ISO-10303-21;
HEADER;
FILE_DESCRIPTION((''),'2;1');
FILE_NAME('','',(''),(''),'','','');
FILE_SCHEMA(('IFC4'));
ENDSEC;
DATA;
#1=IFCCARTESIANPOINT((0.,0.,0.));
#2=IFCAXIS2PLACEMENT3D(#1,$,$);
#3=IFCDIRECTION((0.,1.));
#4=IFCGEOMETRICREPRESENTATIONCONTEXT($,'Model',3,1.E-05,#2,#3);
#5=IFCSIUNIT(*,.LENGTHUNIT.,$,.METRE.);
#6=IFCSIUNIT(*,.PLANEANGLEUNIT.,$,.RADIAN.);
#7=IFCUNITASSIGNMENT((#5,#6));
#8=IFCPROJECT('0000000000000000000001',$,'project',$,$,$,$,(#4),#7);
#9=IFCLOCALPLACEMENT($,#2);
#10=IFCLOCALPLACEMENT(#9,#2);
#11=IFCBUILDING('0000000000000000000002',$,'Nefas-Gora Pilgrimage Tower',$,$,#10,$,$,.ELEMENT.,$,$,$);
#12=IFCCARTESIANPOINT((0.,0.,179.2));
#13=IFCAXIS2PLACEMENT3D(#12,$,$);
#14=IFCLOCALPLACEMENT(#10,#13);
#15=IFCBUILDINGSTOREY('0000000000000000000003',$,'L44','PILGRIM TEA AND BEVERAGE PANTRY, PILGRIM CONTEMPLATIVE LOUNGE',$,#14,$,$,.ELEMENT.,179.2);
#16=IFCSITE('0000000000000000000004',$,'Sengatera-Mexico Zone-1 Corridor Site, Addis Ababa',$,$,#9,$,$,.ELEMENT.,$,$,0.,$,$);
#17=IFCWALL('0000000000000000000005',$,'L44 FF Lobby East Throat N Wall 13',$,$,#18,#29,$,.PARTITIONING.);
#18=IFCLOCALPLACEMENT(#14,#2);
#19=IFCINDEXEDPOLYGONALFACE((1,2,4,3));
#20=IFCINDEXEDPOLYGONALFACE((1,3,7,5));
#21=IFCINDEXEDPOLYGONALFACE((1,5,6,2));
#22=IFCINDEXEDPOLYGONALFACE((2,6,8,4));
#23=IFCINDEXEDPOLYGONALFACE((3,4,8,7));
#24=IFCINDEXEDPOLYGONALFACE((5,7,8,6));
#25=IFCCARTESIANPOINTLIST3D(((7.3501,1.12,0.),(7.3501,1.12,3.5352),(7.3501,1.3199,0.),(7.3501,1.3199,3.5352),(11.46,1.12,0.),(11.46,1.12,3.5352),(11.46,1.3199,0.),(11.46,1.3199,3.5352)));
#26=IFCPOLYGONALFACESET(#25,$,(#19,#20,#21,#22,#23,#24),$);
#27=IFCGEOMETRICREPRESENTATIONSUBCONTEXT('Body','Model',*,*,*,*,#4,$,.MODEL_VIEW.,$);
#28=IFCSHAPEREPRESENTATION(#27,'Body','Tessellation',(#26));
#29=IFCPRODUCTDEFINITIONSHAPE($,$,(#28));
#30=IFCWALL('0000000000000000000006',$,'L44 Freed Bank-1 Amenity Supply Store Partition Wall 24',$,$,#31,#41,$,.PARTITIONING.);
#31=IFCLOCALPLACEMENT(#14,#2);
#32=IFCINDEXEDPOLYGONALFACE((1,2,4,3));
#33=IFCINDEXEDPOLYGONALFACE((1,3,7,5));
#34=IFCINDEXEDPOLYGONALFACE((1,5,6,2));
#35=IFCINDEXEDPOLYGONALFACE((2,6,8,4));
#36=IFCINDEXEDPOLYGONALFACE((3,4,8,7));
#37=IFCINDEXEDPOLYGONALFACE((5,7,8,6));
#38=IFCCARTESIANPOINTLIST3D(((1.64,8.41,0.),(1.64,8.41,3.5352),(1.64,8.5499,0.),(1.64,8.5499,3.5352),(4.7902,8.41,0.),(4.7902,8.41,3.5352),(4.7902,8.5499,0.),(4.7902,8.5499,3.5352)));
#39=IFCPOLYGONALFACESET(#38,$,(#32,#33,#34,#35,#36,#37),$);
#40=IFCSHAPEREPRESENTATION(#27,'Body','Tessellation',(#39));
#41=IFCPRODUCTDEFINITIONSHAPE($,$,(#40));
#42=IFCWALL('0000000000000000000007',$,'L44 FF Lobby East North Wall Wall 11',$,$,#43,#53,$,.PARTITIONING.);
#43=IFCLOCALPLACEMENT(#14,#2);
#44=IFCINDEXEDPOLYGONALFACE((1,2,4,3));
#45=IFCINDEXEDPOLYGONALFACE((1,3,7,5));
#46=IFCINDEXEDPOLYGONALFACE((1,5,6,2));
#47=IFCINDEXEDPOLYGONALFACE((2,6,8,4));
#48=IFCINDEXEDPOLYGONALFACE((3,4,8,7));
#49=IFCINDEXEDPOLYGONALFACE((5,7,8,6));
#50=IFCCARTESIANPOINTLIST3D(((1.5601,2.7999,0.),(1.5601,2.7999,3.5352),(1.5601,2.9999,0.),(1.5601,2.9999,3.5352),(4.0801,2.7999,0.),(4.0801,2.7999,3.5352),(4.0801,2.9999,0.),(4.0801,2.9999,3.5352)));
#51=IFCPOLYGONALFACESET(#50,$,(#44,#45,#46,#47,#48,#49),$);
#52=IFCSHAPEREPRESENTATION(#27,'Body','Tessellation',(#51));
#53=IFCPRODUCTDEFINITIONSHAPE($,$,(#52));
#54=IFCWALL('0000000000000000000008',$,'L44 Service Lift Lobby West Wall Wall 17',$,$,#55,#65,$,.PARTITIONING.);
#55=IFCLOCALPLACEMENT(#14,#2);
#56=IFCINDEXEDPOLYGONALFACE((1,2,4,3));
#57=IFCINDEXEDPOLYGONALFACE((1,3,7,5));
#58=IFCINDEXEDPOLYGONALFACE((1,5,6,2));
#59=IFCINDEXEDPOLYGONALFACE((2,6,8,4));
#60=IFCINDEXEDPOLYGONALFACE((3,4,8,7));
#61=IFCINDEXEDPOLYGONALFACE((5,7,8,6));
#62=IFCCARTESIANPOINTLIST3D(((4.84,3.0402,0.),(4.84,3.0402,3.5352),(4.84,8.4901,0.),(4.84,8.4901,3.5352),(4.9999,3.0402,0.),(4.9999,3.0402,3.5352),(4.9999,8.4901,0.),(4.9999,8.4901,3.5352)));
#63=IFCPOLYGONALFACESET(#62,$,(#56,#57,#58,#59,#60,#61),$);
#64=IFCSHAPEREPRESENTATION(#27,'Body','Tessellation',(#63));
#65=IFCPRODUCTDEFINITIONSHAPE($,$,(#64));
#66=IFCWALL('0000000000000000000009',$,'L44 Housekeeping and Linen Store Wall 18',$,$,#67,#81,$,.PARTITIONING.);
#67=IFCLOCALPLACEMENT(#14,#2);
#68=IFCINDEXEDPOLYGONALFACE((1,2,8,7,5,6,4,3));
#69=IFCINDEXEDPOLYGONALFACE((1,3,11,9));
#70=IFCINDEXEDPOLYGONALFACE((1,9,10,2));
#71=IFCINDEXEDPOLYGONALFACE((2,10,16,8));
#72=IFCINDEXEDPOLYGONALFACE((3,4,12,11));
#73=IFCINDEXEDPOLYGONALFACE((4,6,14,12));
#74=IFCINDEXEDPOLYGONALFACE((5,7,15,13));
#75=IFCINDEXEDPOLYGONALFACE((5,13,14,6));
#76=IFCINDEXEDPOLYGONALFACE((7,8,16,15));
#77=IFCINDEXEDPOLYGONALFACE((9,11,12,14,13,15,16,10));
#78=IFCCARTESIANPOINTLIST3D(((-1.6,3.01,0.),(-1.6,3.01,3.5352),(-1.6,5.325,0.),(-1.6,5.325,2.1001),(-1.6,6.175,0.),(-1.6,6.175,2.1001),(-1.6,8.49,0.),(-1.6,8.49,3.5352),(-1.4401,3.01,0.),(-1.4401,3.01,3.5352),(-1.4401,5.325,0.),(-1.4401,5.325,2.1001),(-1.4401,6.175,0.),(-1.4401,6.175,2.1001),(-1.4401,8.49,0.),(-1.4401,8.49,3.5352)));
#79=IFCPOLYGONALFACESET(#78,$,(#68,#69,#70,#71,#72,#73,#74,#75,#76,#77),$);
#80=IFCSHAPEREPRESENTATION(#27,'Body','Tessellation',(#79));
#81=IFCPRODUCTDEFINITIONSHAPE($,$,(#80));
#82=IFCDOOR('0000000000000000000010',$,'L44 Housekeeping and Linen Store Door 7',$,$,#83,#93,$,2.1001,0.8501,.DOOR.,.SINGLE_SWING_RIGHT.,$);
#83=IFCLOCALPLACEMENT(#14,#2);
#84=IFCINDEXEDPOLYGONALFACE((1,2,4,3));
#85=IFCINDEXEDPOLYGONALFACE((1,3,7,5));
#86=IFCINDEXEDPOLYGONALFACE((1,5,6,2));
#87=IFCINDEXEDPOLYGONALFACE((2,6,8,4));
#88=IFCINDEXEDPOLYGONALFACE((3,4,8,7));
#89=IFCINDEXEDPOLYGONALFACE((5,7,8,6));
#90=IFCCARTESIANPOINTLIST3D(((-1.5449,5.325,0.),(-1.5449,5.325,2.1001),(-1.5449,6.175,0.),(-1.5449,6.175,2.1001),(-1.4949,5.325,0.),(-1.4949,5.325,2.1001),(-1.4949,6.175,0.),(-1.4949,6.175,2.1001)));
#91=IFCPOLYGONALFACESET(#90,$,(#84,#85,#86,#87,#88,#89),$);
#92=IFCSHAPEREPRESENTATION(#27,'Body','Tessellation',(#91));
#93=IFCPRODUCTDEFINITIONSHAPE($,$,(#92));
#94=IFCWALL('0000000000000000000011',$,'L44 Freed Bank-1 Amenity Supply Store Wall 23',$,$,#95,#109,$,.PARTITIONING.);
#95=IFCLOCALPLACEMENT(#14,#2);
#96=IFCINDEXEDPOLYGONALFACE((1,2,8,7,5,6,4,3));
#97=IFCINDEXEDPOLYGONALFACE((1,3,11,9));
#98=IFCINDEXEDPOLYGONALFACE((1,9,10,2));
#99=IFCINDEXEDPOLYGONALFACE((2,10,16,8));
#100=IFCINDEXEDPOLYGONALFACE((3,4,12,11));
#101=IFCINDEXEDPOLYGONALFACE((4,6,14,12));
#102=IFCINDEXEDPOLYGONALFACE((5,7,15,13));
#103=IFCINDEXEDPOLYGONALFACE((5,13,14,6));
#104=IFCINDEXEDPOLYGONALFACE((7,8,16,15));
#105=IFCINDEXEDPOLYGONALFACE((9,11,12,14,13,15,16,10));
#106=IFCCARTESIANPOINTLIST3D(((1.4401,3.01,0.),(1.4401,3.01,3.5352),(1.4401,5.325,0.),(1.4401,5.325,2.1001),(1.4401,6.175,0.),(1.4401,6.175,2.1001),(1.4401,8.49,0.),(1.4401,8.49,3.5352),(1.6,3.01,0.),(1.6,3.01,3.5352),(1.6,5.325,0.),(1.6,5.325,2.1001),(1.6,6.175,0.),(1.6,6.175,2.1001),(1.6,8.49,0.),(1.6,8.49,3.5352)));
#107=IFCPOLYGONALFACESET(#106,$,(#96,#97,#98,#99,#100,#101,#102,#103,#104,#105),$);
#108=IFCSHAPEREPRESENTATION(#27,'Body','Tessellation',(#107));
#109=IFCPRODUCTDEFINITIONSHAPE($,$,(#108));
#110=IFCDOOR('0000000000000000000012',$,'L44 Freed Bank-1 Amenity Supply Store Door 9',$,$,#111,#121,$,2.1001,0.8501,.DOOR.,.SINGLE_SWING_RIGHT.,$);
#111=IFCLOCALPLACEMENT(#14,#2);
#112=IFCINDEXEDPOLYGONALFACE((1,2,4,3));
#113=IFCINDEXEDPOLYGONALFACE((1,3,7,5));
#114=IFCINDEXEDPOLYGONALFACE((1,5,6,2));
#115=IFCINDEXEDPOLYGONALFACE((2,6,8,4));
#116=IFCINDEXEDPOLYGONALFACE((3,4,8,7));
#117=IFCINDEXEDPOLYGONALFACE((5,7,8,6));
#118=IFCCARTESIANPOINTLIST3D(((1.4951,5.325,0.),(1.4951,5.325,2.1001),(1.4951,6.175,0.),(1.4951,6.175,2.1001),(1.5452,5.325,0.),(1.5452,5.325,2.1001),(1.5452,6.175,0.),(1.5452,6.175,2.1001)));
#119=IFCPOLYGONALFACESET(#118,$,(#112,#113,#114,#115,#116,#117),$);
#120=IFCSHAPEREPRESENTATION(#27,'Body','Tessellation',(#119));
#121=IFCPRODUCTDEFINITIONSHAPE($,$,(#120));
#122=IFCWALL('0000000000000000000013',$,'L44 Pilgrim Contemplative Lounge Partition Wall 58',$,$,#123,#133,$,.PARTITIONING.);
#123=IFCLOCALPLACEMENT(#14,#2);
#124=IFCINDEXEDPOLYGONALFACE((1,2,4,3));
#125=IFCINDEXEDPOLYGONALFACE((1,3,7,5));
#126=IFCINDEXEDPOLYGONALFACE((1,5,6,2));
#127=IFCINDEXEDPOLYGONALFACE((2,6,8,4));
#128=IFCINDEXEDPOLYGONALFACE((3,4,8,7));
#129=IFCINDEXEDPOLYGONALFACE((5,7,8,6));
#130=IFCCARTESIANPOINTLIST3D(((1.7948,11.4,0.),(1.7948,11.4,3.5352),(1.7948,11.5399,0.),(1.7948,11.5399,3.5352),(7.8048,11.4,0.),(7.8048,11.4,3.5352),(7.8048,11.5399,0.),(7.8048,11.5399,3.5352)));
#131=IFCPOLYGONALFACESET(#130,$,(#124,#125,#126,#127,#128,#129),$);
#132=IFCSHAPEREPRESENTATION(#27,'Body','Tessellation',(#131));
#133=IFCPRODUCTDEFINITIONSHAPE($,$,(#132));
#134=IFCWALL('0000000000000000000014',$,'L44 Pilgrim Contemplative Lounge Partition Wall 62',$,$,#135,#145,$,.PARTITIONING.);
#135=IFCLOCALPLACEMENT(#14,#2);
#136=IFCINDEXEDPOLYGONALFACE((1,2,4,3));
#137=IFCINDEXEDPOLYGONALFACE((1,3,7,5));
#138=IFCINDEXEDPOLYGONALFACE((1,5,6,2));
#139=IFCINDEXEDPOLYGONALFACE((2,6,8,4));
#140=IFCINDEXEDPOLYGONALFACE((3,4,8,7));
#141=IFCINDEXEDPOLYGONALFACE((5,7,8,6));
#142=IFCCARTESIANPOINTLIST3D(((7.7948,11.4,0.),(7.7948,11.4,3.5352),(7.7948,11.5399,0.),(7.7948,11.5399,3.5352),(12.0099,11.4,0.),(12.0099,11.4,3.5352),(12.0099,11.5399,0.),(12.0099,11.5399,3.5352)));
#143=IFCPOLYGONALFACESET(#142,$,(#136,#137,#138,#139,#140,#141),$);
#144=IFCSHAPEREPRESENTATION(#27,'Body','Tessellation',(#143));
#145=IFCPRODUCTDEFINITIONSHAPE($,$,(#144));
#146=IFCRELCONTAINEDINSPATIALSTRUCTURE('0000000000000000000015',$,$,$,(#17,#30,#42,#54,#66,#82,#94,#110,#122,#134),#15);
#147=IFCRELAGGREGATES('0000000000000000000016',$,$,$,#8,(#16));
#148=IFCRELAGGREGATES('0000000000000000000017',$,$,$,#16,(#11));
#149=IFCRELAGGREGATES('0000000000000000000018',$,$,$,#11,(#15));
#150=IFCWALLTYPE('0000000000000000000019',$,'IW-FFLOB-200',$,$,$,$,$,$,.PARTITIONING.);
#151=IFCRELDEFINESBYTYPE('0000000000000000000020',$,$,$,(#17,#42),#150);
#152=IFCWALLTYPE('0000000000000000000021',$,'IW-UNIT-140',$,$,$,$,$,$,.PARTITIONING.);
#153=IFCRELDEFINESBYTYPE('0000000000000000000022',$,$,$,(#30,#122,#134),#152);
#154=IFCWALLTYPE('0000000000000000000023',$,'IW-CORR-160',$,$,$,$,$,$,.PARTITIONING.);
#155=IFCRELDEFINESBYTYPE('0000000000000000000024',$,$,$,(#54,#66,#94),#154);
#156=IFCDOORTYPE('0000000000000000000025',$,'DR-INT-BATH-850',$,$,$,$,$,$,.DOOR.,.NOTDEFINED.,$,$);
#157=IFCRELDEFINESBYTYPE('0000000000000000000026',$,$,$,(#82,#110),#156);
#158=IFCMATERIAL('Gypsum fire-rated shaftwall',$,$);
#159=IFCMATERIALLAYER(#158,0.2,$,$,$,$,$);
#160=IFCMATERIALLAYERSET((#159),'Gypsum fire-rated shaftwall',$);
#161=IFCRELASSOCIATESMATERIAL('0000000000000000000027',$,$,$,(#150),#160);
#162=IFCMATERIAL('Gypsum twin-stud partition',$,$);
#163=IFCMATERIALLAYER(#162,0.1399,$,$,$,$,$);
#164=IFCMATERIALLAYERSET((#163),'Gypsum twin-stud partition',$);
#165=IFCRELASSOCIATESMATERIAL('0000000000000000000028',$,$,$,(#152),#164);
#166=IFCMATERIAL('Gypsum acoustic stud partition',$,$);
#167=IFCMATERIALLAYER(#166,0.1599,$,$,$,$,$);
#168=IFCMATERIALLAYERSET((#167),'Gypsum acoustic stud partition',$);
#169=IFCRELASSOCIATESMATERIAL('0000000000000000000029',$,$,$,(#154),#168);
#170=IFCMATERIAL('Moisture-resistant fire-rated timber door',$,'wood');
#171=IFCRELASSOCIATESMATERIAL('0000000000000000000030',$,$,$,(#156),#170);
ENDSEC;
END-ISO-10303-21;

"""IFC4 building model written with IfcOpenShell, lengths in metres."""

from ifc_helpers import new_model, si_unit, direction, frame, frame_2d, origin, place, context, subcontext, project, spatial, rectangle, extrude, source, transform, mapped, material, layer, layer_set, type_object, element, fill, save


model = new_model("IFC4")

# Units and contexts
model_context = context("Model", 3, precision=1e-05, world=origin(), true_north=direction((0.0, 1.0)))
body_context = subcontext(model_context, "Body", "Model", "MODEL_VIEW")
ifc_project = project(units=[si_unit("LENGTHUNIT", "METRE"), si_unit("PLANEANGLEUNIT", "RADIAN")], contexts=[model_context])

# Site, building, storey
site_placement = place(None, origin())
site = spatial("IfcSite", under=ifc_project, at=site_placement, Name="Sengatera-Mexico Zone-1 Corridor Site, Addis Ababa", CompositionType="ELEMENT", RefElevation=0.0)
building_placement = place(site_placement, origin())
building = spatial("IfcBuilding", under=site, at=building_placement, Name="Nefas-Gora Pilgrimage Tower", CompositionType="ELEMENT")
storey_placement = place(building_placement, frame((0.0, 0.0, 179.2)))
storey = spatial("IfcBuildingStorey", under=building, at=storey_placement, Name="L44", Description="PILGRIM TEA AND BEVERAGE PANTRY, PILGRIM CONTEMPLATIVE LOUNGE", CompositionType="ELEMENT", Elevation=179.2)

# Shared definitions
ifc_material_1 = material(Name="Gypsum fire-rated shaftwall")
ifc_layer_1 = layer(ifc_material_1, 0.2)
ifc_layer_set_1 = layer_set([ifc_layer_1], Name="Gypsum fire-rated shaftwall")
wall_type_1 = type_object("IfcWallType", Name="IW-FFLOB-200", PredefinedType="PARTITIONING", material=ifc_layer_set_1)

# Walls
shared_shape_1 = source(origin(), body_context, "Body", "SweptSolid", [
    extrude(rectangle(XDim=4.1099, YDim=0.2, at=frame_2d((2.0549, 0.0))), origin(), (0.0, 0.0, 1.0), 3.5352),
])
wall_1_placement = place(storey_placement, frame((7.3501, 1.22, 0.0), z_axis=(0.0, 0.0, 1.0), x_axis=(1.0, 0.0, 0.0)))
element("IfcWall", 1, at=wall_1_placement, inside=storey, type_object=wall_type_1, Name="L44 FF Lobby East Throat N Wall 13", PredefinedType="PARTITIONING", context=body_context, shape_type="MappedRepresentation", body=[
    mapped(shared_shape_1, transform((0.0, 0.0, 0.0), x_axis=(1.0, 0.0, 0.0), y_axis=(0.0, 1.0, 0.0), z_axis=(0.0, 0.0, 1.0), scale=1.0)),
])
ifc_material_2 = material(Name="Gypsum twin-stud partition")
ifc_layer_2 = layer(ifc_material_2, 0.1399)
ifc_layer_set_2 = layer_set([ifc_layer_2], Name="Gypsum twin-stud partition")
wall_type_2 = type_object("IfcWallType", Name="IW-UNIT-140", PredefinedType="PARTITIONING", material=ifc_layer_set_2)
shared_shape_2 = source(origin(), body_context, "Body", "SweptSolid", [
    extrude(rectangle(XDim=3.1501, YDim=0.1399, at=frame_2d((1.5752, 0.0))), origin(), (0.0, 0.0, 1.0), 3.5352),
])
wall_2_placement = place(storey_placement, frame((1.6399, 8.48, 0.0), z_axis=(0.0, 0.0, 1.0), x_axis=(1.0, 0.0, 0.0)))
element("IfcWall", 2, at=wall_2_placement, inside=storey, type_object=wall_type_2, Name="L44 Freed Bank-1 Amenity Supply Store Partition Wall 24", PredefinedType="PARTITIONING", context=body_context, shape_type="MappedRepresentation", body=[
    mapped(shared_shape_2, transform((0.0, 0.0, 0.0), x_axis=(1.0, 0.0, 0.0), y_axis=(0.0, 1.0, 0.0), z_axis=(0.0, 0.0, 1.0), scale=1.0)),
])
shared_shape_3 = source(origin(), body_context, "Body", "SweptSolid", [
    extrude(rectangle(XDim=2.52, YDim=0.2, at=frame_2d((1.26, 0.0))), origin(), (0.0, 0.0, 1.0), 3.5352),
])
wall_3_placement = place(storey_placement, frame((1.5601, 2.8999, 0.0), z_axis=(0.0, 0.0, 1.0), x_axis=(1.0, 0.0, 0.0)))
element("IfcWall", 3, at=wall_3_placement, inside=storey, type_object=wall_type_1, Name="L44 FF Lobby East North Wall Wall 11", PredefinedType="PARTITIONING", context=body_context, shape_type="MappedRepresentation", body=[
    mapped(shared_shape_3, transform((0.0, 0.0, 0.0), x_axis=(1.0, 0.0, 0.0), y_axis=(0.0, 1.0, 0.0), z_axis=(0.0, 0.0, 1.0), scale=1.0)),
])
ifc_material_3 = material(Name="Gypsum acoustic stud partition")
ifc_layer_3 = layer(ifc_material_3, 0.1599)
ifc_layer_set_3 = layer_set([ifc_layer_3], Name="Gypsum acoustic stud partition")
wall_type_3 = type_object("IfcWallType", Name="IW-CORR-160", PredefinedType="PARTITIONING", material=ifc_layer_set_3)
shared_shape_4 = source(origin(), body_context, "Body", "SweptSolid", [
    extrude(rectangle(XDim=5.45, YDim=0.1599, at=frame_2d((2.7251, 0.0))), origin(), (0.0, 0.0, 1.0), 3.5352),
])
wall_4_placement = place(storey_placement, frame((4.9199, 3.04, 0.0), z_axis=(0.0, 0.0, 1.0), x_axis=(0.0, 1.0, 0.0)))
element("IfcWall", 4, at=wall_4_placement, inside=storey, type_object=wall_type_3, Name="L44 Service Lift Lobby West Wall Wall 17", PredefinedType="PARTITIONING", context=body_context, shape_type="MappedRepresentation", body=[
    mapped(shared_shape_4, transform((0.0, 0.0, 0.0), x_axis=(1.0, 0.0, 0.0), y_axis=(0.0, 1.0, 0.0), z_axis=(0.0, 0.0, 1.0), scale=1.0)),
])

# Walls, openings, doors
shared_shape_5 = source(origin(), body_context, "Body", "SweptSolid", [
    extrude(rectangle(XDim=5.48, YDim=0.1599, at=frame_2d((2.74, 0.0))), origin(), (0.0, 0.0, 1.0), 3.5352),
])
wall_5_placement = place(storey_placement, frame((-1.52, 3.01, 0.0), z_axis=(0.0, 0.0, 1.0), x_axis=(0.0, 1.0, 0.0)))
wall_5 = element("IfcWall", 5, at=wall_5_placement, inside=storey, type_object=wall_type_3, Name="L44 Housekeeping and Linen Store Wall 18", PredefinedType="PARTITIONING", context=body_context, shape_type="MappedRepresentation", body=[
    mapped(shared_shape_5, transform((0.0, 0.0, 0.0), x_axis=(1.0, 0.0, 0.0), y_axis=(0.0, 1.0, 0.0), z_axis=(0.0, 0.0, 1.0), scale=1.0)),
])
opening_1_placement = place(wall_5_placement, frame((2.3149, 0.0, 0.0)))
opening_1 = element("IfcOpeningElement", 6, at=opening_1_placement, cuts=wall_5, PredefinedType="OPENING", context=body_context, shape_type="SweptSolid", body=[
    extrude(rectangle(XDim=0.8501, YDim=2.1001, at=frame_2d((0.425, 1.05))), frame((0.0, 0.0898, 0.0), z_axis=(0.0, -1.0, 0.0), x_axis=(1.0, 0.0, 0.0)), (0.0, 0.0, 1.0), 0.1799),
])
ifc_material_4 = material(Name="Moisture-resistant fire-rated timber door", Category="wood")
door_type_1 = type_object("IfcDoorType", Name="DR-INT-BATH-850", OperationType="NOTDEFINED", PredefinedType="DOOR", material=ifc_material_4)
shared_shape_6 = source(origin(), body_context, "Body", "SweptSolid", [
    extrude(rectangle(XDim=0.8501, YDim=2.1001, at=frame_2d((0.425, 1.05))), frame((0.0, 0.0249, 0.0), z_axis=(0.0, -1.0, 0.0), x_axis=(1.0, 0.0, 0.0)), (0.0, 0.0, 1.0), 0.05),
])
door_1_placement = place(opening_1_placement, origin())
door_1 = element("IfcDoor", 7, at=door_1_placement, inside=storey, type_object=door_type_1, Name="L44 Housekeeping and Linen Store Door 7", OperationType="SINGLE_SWING_RIGHT", OverallHeight=2.1001, OverallWidth=0.8501, PredefinedType="DOOR", context=body_context, shape_type="MappedRepresentation", body=[
    mapped(shared_shape_6, transform((0.0, 0.0, 0.0), x_axis=(1.0, 0.0, 0.0), y_axis=(0.0, 1.0, 0.0), z_axis=(0.0, 0.0, 1.0), scale=1.0)),
])
fill(opening_1, door_1)
wall_6_placement = place(storey_placement, frame((1.52, 3.01, 0.0), z_axis=(0.0, 0.0, 1.0), x_axis=(0.0, 1.0, 0.0)))
wall_6 = element("IfcWall", 8, at=wall_6_placement, inside=storey, type_object=wall_type_3, Name="L44 Freed Bank-1 Amenity Supply Store Wall 23", PredefinedType="PARTITIONING", context=body_context, shape_type="MappedRepresentation", body=[
    mapped(shared_shape_5, transform((0.0, 0.0, 0.0), x_axis=(1.0, 0.0, 0.0), y_axis=(0.0, 1.0, 0.0), z_axis=(0.0, 0.0, 1.0), scale=1.0)),
])
opening_2_placement = place(wall_6_placement, frame((2.3149, 0.0, 0.0)))
opening_2 = element("IfcOpeningElement", 9, at=opening_2_placement, cuts=wall_6, PredefinedType="OPENING", context=body_context, shape_type="SweptSolid", body=[
    extrude(rectangle(XDim=0.8501, YDim=2.1001, at=frame_2d((0.425, 1.05))), frame((0.0, 0.0898, 0.0), z_axis=(0.0, -1.0, 0.0), x_axis=(1.0, 0.0, 0.0)), (0.0, 0.0, 1.0), 0.1799),
])
door_2_placement = place(opening_2_placement, origin())
door_2 = element("IfcDoor", 10, at=door_2_placement, inside=storey, type_object=door_type_1, Name="L44 Freed Bank-1 Amenity Supply Store Door 9", OperationType="SINGLE_SWING_RIGHT", OverallHeight=2.1001, OverallWidth=0.8501, PredefinedType="DOOR", context=body_context, shape_type="MappedRepresentation", body=[
    mapped(shared_shape_6, transform((0.0, 0.0, 0.0), x_axis=(1.0, 0.0, 0.0), y_axis=(0.0, 1.0, 0.0), z_axis=(0.0, 0.0, 1.0), scale=1.0)),
])
fill(opening_2, door_2)

# Walls
shared_shape_7 = source(origin(), body_context, "Body", "SweptSolid", [
    extrude(rectangle(XDim=6.01, YDim=0.1399, at=frame_2d((3.0049, 0.0))), origin(), (0.0, 0.0, 1.0), 3.5352),
])
wall_7_placement = place(storey_placement, frame((1.7949, 11.47, 0.0), z_axis=(0.0, 0.0, 1.0), x_axis=(1.0, 0.0, 0.0)))
element("IfcWall", 11, at=wall_7_placement, inside=storey, type_object=wall_type_2, Name="L44 Pilgrim Contemplative Lounge Partition Wall 58", PredefinedType="PARTITIONING", context=body_context, shape_type="MappedRepresentation", body=[
    mapped(shared_shape_7, transform((0.0, 0.0, 0.0), x_axis=(1.0, 0.0, 0.0), y_axis=(0.0, 1.0, 0.0), z_axis=(0.0, 0.0, 1.0), scale=1.0)),
])
shared_shape_8 = source(origin(), body_context, "Body", "SweptSolid", [
    extrude(rectangle(XDim=4.2151, YDim=0.1399, at=frame_2d((2.1074, 0.0))), origin(), (0.0, 0.0, 1.0), 3.5352),
])
wall_8_placement = place(storey_placement, frame((7.7949, 11.47, 0.0), z_axis=(0.0, 0.0, 1.0), x_axis=(1.0, 0.0, 0.0)))
element("IfcWall", 12, at=wall_8_placement, inside=storey, type_object=wall_type_2, Name="L44 Pilgrim Contemplative Lounge Partition Wall 62", PredefinedType="PARTITIONING", context=body_context, shape_type="MappedRepresentation", body=[
    mapped(shared_shape_8, transform((0.0, 0.0, 0.0), x_axis=(1.0, 0.0, 0.0), y_axis=(0.0, 1.0, 0.0), z_axis=(0.0, 0.0, 1.0), scale=1.0)),
])

save(model, "model.ifc")
